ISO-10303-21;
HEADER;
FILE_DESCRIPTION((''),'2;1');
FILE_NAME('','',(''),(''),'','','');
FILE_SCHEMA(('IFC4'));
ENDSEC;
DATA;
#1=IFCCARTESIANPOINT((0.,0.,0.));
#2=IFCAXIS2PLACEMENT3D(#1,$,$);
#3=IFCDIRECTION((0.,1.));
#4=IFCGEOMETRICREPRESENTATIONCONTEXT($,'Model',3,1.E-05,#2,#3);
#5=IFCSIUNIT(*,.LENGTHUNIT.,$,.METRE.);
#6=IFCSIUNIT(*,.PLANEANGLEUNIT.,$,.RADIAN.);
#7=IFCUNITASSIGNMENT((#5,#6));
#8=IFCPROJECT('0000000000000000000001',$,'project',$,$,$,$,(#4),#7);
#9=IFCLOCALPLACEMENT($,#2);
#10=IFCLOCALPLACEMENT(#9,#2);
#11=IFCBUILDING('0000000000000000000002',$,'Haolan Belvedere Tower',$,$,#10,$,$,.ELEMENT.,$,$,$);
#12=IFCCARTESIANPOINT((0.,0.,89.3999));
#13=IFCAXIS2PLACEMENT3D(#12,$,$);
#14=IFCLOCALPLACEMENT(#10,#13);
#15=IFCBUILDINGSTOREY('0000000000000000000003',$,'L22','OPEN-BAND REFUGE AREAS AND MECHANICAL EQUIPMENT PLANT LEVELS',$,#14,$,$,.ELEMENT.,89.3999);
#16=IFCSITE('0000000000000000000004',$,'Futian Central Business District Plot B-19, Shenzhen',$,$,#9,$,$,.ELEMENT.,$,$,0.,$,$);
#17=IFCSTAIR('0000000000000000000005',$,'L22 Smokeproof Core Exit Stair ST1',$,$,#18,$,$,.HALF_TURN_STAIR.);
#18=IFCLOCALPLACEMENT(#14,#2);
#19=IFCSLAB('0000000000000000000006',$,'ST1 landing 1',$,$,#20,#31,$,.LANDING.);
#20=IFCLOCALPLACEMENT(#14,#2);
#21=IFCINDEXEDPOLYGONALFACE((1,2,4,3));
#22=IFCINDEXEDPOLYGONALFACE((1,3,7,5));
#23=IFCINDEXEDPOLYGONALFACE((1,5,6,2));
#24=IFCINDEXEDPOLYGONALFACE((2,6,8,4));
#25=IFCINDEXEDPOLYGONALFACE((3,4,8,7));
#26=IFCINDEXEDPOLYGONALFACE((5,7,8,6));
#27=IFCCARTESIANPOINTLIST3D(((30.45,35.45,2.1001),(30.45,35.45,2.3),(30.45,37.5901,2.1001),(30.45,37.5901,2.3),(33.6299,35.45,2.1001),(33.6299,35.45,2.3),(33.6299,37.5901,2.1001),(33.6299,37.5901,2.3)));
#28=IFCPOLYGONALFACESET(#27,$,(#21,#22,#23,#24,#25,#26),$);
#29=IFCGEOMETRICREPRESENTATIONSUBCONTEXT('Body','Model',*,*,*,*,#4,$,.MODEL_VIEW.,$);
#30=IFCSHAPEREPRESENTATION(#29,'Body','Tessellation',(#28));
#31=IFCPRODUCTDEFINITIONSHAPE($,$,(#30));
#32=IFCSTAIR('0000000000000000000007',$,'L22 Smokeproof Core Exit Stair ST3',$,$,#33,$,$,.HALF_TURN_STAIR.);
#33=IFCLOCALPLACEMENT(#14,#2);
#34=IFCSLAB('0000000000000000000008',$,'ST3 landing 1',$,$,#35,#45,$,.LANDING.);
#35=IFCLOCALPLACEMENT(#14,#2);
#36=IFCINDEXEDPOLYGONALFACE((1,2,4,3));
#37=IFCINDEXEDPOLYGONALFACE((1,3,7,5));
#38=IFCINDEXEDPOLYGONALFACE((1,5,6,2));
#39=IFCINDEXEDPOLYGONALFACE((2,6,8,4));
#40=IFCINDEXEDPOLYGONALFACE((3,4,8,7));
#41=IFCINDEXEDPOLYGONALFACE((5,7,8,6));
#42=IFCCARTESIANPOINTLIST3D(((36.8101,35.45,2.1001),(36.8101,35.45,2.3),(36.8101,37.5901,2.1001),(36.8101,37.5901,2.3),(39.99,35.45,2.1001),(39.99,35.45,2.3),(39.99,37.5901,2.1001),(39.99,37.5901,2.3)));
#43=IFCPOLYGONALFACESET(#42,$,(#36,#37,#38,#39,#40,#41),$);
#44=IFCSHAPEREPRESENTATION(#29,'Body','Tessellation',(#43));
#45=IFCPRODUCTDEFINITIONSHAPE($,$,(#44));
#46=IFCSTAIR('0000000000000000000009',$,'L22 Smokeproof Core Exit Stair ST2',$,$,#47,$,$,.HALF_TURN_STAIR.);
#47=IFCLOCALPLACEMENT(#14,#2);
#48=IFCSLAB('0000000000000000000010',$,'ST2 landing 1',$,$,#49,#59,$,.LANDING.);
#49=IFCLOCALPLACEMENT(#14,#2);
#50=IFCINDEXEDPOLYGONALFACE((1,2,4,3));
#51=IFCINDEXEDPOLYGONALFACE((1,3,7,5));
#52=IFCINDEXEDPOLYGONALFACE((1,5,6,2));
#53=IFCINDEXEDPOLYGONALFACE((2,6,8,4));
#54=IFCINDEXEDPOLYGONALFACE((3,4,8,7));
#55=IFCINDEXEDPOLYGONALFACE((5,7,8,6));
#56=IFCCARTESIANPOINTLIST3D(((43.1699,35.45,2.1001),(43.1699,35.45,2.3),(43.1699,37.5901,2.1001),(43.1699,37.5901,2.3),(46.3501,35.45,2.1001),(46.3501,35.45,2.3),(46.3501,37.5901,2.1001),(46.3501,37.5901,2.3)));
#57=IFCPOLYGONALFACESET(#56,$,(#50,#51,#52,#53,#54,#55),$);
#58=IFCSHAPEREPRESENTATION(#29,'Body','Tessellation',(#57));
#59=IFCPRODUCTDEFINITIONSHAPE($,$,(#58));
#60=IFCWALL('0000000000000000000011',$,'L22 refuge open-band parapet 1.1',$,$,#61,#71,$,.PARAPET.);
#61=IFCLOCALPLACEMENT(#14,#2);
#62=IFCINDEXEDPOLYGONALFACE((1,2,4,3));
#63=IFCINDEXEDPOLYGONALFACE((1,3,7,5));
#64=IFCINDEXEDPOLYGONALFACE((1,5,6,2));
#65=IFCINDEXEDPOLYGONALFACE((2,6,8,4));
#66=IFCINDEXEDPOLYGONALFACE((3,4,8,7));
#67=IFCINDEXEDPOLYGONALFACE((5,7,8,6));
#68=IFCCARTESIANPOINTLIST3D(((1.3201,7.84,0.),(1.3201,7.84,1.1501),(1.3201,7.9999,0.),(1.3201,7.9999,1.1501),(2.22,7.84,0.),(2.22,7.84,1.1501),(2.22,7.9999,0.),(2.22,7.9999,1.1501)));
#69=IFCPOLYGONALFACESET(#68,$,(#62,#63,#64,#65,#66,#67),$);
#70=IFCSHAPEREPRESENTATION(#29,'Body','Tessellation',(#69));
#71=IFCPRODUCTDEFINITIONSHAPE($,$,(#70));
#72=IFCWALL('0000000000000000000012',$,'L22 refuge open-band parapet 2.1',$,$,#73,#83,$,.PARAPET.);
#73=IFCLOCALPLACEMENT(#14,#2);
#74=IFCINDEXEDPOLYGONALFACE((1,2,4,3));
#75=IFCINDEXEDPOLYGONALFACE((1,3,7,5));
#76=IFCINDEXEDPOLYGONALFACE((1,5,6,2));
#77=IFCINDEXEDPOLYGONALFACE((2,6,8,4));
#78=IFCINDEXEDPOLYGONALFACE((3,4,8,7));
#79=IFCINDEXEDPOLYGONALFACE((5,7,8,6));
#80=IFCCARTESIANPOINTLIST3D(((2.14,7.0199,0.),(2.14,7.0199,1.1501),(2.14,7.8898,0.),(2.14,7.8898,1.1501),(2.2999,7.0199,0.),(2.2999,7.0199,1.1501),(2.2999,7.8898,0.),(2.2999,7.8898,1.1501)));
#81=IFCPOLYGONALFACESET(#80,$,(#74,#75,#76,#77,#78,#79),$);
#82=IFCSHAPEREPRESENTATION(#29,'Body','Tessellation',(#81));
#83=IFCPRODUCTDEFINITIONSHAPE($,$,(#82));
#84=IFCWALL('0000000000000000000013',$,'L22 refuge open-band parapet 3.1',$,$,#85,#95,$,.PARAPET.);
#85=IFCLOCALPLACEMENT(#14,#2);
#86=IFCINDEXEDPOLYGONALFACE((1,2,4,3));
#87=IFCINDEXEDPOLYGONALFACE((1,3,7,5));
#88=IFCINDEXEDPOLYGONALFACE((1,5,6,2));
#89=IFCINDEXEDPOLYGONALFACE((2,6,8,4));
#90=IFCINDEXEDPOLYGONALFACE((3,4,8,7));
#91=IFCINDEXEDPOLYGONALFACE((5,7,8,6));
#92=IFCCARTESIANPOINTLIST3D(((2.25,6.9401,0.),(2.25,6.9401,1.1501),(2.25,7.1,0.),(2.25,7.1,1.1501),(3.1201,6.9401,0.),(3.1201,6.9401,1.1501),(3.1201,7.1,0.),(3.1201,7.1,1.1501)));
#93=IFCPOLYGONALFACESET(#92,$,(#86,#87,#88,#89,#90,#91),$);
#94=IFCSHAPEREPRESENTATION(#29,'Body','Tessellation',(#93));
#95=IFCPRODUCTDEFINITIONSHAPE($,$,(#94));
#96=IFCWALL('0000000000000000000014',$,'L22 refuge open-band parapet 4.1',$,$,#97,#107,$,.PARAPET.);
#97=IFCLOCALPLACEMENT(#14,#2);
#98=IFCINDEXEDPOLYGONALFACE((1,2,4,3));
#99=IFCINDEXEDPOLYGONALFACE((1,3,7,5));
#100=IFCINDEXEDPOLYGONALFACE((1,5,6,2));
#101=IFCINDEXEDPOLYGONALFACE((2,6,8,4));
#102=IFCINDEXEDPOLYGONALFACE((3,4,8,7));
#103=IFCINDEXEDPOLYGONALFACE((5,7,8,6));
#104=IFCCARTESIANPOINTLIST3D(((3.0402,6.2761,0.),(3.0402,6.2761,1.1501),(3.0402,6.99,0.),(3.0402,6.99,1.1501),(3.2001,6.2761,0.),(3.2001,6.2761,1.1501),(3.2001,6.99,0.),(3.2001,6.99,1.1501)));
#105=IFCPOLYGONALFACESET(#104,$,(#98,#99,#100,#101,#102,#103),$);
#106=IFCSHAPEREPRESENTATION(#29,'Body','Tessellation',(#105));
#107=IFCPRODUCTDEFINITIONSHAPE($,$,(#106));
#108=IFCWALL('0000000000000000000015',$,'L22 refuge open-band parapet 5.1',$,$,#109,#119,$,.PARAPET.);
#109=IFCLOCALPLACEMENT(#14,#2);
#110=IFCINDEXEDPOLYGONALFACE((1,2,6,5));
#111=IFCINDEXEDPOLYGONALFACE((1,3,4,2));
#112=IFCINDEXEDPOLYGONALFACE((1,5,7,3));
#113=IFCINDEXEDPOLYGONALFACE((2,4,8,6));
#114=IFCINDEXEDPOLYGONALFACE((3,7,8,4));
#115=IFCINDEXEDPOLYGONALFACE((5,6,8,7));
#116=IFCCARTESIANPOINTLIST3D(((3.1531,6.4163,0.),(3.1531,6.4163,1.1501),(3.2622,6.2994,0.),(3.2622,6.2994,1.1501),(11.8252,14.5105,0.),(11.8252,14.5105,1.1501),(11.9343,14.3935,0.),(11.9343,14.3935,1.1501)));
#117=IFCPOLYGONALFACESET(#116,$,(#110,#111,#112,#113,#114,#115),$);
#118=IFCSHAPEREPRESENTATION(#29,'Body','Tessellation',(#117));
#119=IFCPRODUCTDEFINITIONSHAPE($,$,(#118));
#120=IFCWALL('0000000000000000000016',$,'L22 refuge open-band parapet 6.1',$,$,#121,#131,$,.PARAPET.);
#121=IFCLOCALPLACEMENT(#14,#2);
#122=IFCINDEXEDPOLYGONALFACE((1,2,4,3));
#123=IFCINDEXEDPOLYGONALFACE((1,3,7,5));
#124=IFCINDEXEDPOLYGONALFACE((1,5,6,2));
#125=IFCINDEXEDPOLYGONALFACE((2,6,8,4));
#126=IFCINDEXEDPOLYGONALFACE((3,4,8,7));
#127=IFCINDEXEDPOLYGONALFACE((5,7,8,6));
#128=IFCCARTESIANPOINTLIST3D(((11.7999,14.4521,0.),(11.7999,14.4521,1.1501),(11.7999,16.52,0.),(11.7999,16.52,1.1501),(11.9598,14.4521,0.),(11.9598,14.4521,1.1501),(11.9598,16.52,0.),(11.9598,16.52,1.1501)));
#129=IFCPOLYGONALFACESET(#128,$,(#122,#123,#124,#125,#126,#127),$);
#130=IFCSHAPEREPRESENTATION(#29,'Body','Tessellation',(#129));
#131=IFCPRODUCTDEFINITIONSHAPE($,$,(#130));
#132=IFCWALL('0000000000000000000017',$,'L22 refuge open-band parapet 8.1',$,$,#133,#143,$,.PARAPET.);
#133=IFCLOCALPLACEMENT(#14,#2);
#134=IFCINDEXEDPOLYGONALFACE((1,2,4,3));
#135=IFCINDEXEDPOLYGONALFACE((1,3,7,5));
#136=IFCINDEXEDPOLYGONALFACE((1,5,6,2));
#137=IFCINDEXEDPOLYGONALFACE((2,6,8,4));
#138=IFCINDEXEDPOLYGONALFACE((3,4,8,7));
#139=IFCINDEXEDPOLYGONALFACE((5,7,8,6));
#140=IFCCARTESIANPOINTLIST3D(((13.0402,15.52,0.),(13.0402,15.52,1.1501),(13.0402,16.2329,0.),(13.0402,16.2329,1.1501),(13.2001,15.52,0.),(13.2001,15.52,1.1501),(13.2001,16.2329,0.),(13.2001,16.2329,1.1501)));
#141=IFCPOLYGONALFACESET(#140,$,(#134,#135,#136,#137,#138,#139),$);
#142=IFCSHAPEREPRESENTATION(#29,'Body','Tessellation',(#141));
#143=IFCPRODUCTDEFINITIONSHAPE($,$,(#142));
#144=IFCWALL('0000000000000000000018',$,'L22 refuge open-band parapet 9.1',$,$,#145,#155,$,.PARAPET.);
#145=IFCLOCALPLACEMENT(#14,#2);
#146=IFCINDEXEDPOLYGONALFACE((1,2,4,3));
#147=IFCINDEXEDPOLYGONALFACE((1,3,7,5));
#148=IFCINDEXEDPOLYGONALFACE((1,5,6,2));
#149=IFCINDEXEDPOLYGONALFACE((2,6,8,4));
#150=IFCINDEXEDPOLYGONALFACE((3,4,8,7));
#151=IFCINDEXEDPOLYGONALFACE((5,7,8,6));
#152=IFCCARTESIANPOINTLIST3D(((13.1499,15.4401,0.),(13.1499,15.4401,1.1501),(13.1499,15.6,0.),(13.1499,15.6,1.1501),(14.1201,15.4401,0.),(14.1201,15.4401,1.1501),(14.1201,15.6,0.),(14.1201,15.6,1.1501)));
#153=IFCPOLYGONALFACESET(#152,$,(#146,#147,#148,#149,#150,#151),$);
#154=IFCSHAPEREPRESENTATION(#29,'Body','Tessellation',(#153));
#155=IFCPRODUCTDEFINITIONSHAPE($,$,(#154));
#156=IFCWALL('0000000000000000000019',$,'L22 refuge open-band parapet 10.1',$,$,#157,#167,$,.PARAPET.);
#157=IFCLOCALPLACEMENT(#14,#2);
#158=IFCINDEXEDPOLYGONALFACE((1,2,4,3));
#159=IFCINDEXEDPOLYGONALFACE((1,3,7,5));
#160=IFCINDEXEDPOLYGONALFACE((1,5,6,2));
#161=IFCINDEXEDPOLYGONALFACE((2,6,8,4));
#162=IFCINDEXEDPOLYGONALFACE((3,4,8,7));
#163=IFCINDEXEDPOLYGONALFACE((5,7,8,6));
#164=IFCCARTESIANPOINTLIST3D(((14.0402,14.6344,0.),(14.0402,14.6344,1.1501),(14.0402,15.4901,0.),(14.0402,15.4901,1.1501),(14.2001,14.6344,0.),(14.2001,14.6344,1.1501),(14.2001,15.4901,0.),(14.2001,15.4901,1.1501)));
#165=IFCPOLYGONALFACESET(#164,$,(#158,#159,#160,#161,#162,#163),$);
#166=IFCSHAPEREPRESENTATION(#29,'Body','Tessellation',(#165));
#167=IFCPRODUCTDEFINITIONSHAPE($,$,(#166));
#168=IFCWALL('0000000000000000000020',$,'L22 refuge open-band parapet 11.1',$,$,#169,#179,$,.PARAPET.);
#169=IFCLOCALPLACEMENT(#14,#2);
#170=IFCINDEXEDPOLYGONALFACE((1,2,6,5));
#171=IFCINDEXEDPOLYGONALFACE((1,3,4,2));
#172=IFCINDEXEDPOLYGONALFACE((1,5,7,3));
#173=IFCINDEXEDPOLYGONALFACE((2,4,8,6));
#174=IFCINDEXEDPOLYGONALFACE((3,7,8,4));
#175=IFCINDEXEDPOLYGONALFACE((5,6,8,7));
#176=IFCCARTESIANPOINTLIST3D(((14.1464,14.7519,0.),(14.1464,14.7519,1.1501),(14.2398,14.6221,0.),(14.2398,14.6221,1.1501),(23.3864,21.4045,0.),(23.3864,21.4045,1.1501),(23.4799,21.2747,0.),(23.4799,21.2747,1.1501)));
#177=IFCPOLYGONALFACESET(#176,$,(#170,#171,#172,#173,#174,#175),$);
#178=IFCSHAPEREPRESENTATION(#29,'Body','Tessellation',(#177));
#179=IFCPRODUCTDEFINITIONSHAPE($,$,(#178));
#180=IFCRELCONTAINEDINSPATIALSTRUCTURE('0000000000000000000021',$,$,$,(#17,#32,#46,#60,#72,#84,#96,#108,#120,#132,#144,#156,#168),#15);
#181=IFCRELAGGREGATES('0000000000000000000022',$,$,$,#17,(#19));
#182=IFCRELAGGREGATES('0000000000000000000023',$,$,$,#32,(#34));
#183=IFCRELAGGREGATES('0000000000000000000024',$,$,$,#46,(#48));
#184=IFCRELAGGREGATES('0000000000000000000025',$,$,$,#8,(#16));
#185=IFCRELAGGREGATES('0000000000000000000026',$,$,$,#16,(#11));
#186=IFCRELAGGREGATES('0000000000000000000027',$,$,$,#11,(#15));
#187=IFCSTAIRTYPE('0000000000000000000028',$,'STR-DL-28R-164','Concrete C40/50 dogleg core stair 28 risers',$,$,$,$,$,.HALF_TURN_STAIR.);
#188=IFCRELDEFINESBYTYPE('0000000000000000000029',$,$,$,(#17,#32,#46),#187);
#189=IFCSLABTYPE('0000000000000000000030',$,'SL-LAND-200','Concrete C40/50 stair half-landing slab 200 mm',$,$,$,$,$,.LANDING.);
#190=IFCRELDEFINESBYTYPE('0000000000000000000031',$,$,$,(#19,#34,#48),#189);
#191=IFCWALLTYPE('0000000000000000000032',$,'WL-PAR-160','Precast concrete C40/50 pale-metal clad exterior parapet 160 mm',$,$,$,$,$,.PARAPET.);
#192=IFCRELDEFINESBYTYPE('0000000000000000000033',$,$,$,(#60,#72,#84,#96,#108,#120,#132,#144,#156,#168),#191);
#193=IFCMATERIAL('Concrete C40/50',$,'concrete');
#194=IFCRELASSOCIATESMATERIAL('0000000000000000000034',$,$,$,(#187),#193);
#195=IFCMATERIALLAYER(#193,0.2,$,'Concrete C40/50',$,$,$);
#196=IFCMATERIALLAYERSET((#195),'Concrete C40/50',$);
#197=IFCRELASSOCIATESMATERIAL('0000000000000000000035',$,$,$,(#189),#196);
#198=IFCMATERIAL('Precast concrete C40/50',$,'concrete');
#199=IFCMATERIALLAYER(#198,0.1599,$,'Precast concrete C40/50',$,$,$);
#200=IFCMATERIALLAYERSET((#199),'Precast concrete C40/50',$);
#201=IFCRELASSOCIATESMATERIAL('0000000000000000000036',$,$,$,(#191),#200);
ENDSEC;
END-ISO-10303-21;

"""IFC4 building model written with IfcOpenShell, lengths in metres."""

from ifc_helpers import new_model, si_unit, direction, frame, frame_2d, origin, place, context, subcontext, project, spatial, polyline, rectangle, outline, extrude, material, layer, layer_set, type_object, element, aggregate, save


model = new_model("IFC4")

# Units and contexts
model_context = context("Model", 3, precision=1e-05, world=origin(), true_north=direction((0.0, 1.0)))
body_context = subcontext(model_context, "Body", "Model", "MODEL_VIEW")
ifc_project = project(units=[si_unit("LENGTHUNIT", "METRE"), si_unit("PLANEANGLEUNIT", "RADIAN")], contexts=[model_context])

# Site, building, storey
site_placement = place(None, origin())
site = spatial("IfcSite", under=ifc_project, at=site_placement, Name="Futian Central Business District Plot B-19, Shenzhen", CompositionType="ELEMENT", RefElevation=0.0)
building_placement = place(site_placement, origin())
building = spatial("IfcBuilding", under=site, at=building_placement, Name="Haolan Belvedere Tower", CompositionType="ELEMENT")
storey_placement = place(building_placement, frame((0.0, 0.0, 89.3999)))
storey = spatial("IfcBuildingStorey", under=building, at=storey_placement, Name="L22", Description="OPEN-BAND REFUGE AREAS AND MECHANICAL EQUIPMENT PLANT LEVELS", CompositionType="ELEMENT", Elevation=89.3999)

# Stairs, slabs
ifc_material_1 = material(Name="Concrete C40/50", Category="concrete")
stair_type = type_object("IfcStairType", Name="STR-DL-28R-164", Description="Concrete C40/50 dogleg core stair 28 risers", PredefinedType="HALF_TURN_STAIR", material=ifc_material_1)
stair_1_placement = place(storey_placement, origin())
stair_1 = element("IfcStair", 1, at=stair_1_placement, inside=storey, type_object=stair_type, Name="L22 Smokeproof Core Exit Stair ST1", PredefinedType="HALF_TURN_STAIR")
ifc_layer_1 = layer(ifc_material_1, 0.2, Name="Concrete C40/50")
ifc_layer_set_1 = layer_set([ifc_layer_1], Name="Concrete C40/50")
slab_type_1 = type_object("IfcSlabType", Name="SL-LAND-200", Description="Concrete C40/50 stair half-landing slab 200 mm", PredefinedType="LANDING", material=ifc_layer_set_1)
slab_1_placement = place(storey_placement, frame((0.0, 0.0, 2.1001)))
slab_1 = element("IfcSlab", 2, at=slab_1_placement, type_object=slab_type_1, Name="ST1 landing 1", PredefinedType="LANDING", context=body_context, shape_type="SweptSolid", body=[
    extrude(outline(polyline([(30.45, 37.5901), (30.45, 35.45), (33.6299, 35.45), (33.6299, 37.5901), (30.45, 37.5901)])), origin(), (0.0, 0.0, 1.0), 0.2),
])
aggregate(stair_1, [slab_1])
stair_2_placement = place(storey_placement, origin())
stair_2 = element("IfcStair", 3, at=stair_2_placement, inside=storey, type_object=stair_type, Name="L22 Smokeproof Core Exit Stair ST3", PredefinedType="HALF_TURN_STAIR")
slab_2_placement = place(storey_placement, frame((0.0, 0.0, 2.1001)))
slab_2 = element("IfcSlab", 4, at=slab_2_placement, type_object=slab_type_1, Name="ST3 landing 1", PredefinedType="LANDING", context=body_context, shape_type="SweptSolid", body=[
    extrude(outline(polyline([(36.8101, 37.5901), (36.8101, 35.45), (39.99, 35.45), (39.99, 37.5901), (36.8101, 37.5901)])), origin(), (0.0, 0.0, 1.0), 0.2),
])
aggregate(stair_2, [slab_2])
stair_3_placement = place(storey_placement, origin())
stair_3 = element("IfcStair", 5, at=stair_3_placement, inside=storey, type_object=stair_type, Name="L22 Smokeproof Core Exit Stair ST2", PredefinedType="HALF_TURN_STAIR")
slab_3_placement = place(storey_placement, frame((0.0, 0.0, 2.1001)))
slab_3 = element("IfcSlab", 6, at=slab_3_placement, type_object=slab_type_1, Name="ST2 landing 1", PredefinedType="LANDING", context=body_context, shape_type="SweptSolid", body=[
    extrude(outline(polyline([(43.1699, 37.5901), (43.1699, 35.45), (46.3501, 35.45), (46.3501, 37.5901), (43.1699, 37.5901)])), origin(), (0.0, 0.0, 1.0), 0.2),
])
aggregate(stair_3, [slab_3])

# Walls
ifc_material_2 = material(Name="Precast concrete C40/50", Category="concrete")
ifc_layer_2 = layer(ifc_material_2, 0.1599, Name="Precast concrete C40/50")
ifc_layer_set_2 = layer_set([ifc_layer_2], Name="Precast concrete C40/50")
wall_type = type_object("IfcWallType", Name="WL-PAR-160", Description="Precast concrete C40/50 pale-metal clad exterior parapet 160 mm", PredefinedType="PARAPET", material=ifc_layer_set_2)
wall_1_placement = place(storey_placement, frame((1.3201, 7.9199, 0.0), z_axis=(0.0, 0.0, 1.0), x_axis=(1.0, 0.0, 0.0)))
element("IfcWall", 7, at=wall_1_placement, inside=storey, type_object=wall_type, Name="L22 refuge open-band parapet 1.1", PredefinedType="PARAPET", context=body_context, shape_type="SweptSolid", body=[
    extrude(rectangle(XDim=0.8999, YDim=0.1599, at=frame_2d((0.45, 0.0))), origin(), (0.0, 0.0, 1.0), 1.1501),
])
wall_2_placement = place(storey_placement, frame((2.22, 7.8899, 0.0), z_axis=(0.0, 0.0, 1.0), x_axis=(0.0, -1.0, 0.0)))
element("IfcWall", 8, at=wall_2_placement, inside=storey, type_object=wall_type, Name="L22 refuge open-band parapet 2.1", PredefinedType="PARAPET", context=body_context, shape_type="SweptSolid", body=[
    extrude(rectangle(XDim=0.8699, YDim=0.1599, at=frame_2d((0.4351, 0.0))), origin(), (0.0, 0.0, 1.0), 1.1501),
])
wall_3_placement = place(storey_placement, frame((2.25, 7.02, 0.0), z_axis=(0.0, 0.0, 1.0), x_axis=(1.0, 0.0, 0.0)))
element("IfcWall", 9, at=wall_3_placement, inside=storey, type_object=wall_type, Name="L22 refuge open-band parapet 3.1", PredefinedType="PARAPET", context=body_context, shape_type="SweptSolid", body=[
    extrude(rectangle(XDim=0.8701, YDim=0.1599, at=frame_2d((0.4351, 0.0))), origin(), (0.0, 0.0, 1.0), 1.1501),
])
wall_4_placement = place(storey_placement, frame((3.1201, 6.99, 0.0), z_axis=(0.0, 0.0, 1.0), x_axis=(0.0, -1.0, 0.0)))
element("IfcWall", 10, at=wall_4_placement, inside=storey, type_object=wall_type, Name="L22 refuge open-band parapet 4.1", PredefinedType="PARAPET", context=body_context, shape_type="SweptSolid", body=[
    extrude(rectangle(XDim=0.7139, YDim=0.1599, at=frame_2d((0.3569, 0.0))), origin(), (0.0, 0.0, 1.0), 1.1501),
])
wall_5_placement = place(storey_placement, frame((3.2078, 6.3579, 0.0), z_axis=(0.0, 0.0, 1.0), x_axis=(0.731044, 0.68233, 0.0)))
element("IfcWall", 11, at=wall_5_placement, inside=storey, type_object=wall_type, Name="L22 refuge open-band parapet 5.1", PredefinedType="PARAPET", context=body_context, shape_type="SweptSolid", body=[
    extrude(rectangle(XDim=11.8625, YDim=0.1599, at=frame_2d((5.9312, 0.0))), origin(), (0.0, 0.0, 1.0), 1.1501),
])
wall_6_placement = place(storey_placement, frame((11.8799, 14.4521, 0.0), z_axis=(0.0, 0.0, 1.0), x_axis=(0.0, 1.0, 0.0)))
element("IfcWall", 12, at=wall_6_placement, inside=storey, type_object=wall_type, Name="L22 refuge open-band parapet 6.1", PredefinedType="PARAPET", context=body_context, shape_type="SweptSolid", body=[
    extrude(rectangle(XDim=2.0679, YDim=0.1599, at=frame_2d((1.0339, 0.0))), origin(), (0.0, 0.0, 1.0), 1.1501),
])
wall_7_placement = place(storey_placement, frame((13.1201, 16.2329, 0.0), z_axis=(0.0, 0.0, 1.0), x_axis=(0.0, -1.0, 0.0)))
element("IfcWall", 13, at=wall_7_placement, inside=storey, type_object=wall_type, Name="L22 refuge open-band parapet 8.1", PredefinedType="PARAPET", context=body_context, shape_type="SweptSolid", body=[
    extrude(rectangle(XDim=0.7129, YDim=0.1599, at=frame_2d((0.3564, 0.0))), origin(), (0.0, 0.0, 1.0), 1.1501),
])
wall_8_placement = place(storey_placement, frame((13.1499, 15.52, 0.0), z_axis=(0.0, 0.0, 1.0), x_axis=(1.0, 0.0, 0.0)))
element("IfcWall", 14, at=wall_8_placement, inside=storey, type_object=wall_type, Name="L22 refuge open-band parapet 9.1", PredefinedType="PARAPET", context=body_context, shape_type="SweptSolid", body=[
    extrude(rectangle(XDim=0.9702, YDim=0.1599, at=frame_2d((0.4851, 0.0))), origin(), (0.0, 0.0, 1.0), 1.1501),
])
wall_9_placement = place(storey_placement, frame((14.1201, 15.49, 0.0), z_axis=(0.0, 0.0, 1.0), x_axis=(0.0, -1.0, 0.0)))
element("IfcWall", 15, at=wall_9_placement, inside=storey, type_object=wall_type, Name="L22 refuge open-band parapet 10.1", PredefinedType="PARAPET", context=body_context, shape_type="SweptSolid", body=[
    extrude(rectangle(XDim=0.8557, YDim=0.1599, at=frame_2d((0.4277, 0.0))), origin(), (0.0, 0.0, 1.0), 1.1501),
])
wall_10_placement = place(storey_placement, frame((14.1931, 14.687, 0.0), z_axis=(0.0, 0.0, 1.0), x_axis=(0.811543, 0.584293, 0.0)))
element("IfcWall", 16, at=wall_10_placement, inside=storey, type_object=wall_type, Name="L22 refuge open-band parapet 11.1", PredefinedType="PARAPET", context=body_context, shape_type="SweptSolid", body=[
    extrude(rectangle(XDim=11.3857, YDim=0.1599, at=frame_2d((5.6929, 0.0))), origin(), (0.0, 0.0, 1.0), 1.1501),
])

save(model, "model.ifc")
